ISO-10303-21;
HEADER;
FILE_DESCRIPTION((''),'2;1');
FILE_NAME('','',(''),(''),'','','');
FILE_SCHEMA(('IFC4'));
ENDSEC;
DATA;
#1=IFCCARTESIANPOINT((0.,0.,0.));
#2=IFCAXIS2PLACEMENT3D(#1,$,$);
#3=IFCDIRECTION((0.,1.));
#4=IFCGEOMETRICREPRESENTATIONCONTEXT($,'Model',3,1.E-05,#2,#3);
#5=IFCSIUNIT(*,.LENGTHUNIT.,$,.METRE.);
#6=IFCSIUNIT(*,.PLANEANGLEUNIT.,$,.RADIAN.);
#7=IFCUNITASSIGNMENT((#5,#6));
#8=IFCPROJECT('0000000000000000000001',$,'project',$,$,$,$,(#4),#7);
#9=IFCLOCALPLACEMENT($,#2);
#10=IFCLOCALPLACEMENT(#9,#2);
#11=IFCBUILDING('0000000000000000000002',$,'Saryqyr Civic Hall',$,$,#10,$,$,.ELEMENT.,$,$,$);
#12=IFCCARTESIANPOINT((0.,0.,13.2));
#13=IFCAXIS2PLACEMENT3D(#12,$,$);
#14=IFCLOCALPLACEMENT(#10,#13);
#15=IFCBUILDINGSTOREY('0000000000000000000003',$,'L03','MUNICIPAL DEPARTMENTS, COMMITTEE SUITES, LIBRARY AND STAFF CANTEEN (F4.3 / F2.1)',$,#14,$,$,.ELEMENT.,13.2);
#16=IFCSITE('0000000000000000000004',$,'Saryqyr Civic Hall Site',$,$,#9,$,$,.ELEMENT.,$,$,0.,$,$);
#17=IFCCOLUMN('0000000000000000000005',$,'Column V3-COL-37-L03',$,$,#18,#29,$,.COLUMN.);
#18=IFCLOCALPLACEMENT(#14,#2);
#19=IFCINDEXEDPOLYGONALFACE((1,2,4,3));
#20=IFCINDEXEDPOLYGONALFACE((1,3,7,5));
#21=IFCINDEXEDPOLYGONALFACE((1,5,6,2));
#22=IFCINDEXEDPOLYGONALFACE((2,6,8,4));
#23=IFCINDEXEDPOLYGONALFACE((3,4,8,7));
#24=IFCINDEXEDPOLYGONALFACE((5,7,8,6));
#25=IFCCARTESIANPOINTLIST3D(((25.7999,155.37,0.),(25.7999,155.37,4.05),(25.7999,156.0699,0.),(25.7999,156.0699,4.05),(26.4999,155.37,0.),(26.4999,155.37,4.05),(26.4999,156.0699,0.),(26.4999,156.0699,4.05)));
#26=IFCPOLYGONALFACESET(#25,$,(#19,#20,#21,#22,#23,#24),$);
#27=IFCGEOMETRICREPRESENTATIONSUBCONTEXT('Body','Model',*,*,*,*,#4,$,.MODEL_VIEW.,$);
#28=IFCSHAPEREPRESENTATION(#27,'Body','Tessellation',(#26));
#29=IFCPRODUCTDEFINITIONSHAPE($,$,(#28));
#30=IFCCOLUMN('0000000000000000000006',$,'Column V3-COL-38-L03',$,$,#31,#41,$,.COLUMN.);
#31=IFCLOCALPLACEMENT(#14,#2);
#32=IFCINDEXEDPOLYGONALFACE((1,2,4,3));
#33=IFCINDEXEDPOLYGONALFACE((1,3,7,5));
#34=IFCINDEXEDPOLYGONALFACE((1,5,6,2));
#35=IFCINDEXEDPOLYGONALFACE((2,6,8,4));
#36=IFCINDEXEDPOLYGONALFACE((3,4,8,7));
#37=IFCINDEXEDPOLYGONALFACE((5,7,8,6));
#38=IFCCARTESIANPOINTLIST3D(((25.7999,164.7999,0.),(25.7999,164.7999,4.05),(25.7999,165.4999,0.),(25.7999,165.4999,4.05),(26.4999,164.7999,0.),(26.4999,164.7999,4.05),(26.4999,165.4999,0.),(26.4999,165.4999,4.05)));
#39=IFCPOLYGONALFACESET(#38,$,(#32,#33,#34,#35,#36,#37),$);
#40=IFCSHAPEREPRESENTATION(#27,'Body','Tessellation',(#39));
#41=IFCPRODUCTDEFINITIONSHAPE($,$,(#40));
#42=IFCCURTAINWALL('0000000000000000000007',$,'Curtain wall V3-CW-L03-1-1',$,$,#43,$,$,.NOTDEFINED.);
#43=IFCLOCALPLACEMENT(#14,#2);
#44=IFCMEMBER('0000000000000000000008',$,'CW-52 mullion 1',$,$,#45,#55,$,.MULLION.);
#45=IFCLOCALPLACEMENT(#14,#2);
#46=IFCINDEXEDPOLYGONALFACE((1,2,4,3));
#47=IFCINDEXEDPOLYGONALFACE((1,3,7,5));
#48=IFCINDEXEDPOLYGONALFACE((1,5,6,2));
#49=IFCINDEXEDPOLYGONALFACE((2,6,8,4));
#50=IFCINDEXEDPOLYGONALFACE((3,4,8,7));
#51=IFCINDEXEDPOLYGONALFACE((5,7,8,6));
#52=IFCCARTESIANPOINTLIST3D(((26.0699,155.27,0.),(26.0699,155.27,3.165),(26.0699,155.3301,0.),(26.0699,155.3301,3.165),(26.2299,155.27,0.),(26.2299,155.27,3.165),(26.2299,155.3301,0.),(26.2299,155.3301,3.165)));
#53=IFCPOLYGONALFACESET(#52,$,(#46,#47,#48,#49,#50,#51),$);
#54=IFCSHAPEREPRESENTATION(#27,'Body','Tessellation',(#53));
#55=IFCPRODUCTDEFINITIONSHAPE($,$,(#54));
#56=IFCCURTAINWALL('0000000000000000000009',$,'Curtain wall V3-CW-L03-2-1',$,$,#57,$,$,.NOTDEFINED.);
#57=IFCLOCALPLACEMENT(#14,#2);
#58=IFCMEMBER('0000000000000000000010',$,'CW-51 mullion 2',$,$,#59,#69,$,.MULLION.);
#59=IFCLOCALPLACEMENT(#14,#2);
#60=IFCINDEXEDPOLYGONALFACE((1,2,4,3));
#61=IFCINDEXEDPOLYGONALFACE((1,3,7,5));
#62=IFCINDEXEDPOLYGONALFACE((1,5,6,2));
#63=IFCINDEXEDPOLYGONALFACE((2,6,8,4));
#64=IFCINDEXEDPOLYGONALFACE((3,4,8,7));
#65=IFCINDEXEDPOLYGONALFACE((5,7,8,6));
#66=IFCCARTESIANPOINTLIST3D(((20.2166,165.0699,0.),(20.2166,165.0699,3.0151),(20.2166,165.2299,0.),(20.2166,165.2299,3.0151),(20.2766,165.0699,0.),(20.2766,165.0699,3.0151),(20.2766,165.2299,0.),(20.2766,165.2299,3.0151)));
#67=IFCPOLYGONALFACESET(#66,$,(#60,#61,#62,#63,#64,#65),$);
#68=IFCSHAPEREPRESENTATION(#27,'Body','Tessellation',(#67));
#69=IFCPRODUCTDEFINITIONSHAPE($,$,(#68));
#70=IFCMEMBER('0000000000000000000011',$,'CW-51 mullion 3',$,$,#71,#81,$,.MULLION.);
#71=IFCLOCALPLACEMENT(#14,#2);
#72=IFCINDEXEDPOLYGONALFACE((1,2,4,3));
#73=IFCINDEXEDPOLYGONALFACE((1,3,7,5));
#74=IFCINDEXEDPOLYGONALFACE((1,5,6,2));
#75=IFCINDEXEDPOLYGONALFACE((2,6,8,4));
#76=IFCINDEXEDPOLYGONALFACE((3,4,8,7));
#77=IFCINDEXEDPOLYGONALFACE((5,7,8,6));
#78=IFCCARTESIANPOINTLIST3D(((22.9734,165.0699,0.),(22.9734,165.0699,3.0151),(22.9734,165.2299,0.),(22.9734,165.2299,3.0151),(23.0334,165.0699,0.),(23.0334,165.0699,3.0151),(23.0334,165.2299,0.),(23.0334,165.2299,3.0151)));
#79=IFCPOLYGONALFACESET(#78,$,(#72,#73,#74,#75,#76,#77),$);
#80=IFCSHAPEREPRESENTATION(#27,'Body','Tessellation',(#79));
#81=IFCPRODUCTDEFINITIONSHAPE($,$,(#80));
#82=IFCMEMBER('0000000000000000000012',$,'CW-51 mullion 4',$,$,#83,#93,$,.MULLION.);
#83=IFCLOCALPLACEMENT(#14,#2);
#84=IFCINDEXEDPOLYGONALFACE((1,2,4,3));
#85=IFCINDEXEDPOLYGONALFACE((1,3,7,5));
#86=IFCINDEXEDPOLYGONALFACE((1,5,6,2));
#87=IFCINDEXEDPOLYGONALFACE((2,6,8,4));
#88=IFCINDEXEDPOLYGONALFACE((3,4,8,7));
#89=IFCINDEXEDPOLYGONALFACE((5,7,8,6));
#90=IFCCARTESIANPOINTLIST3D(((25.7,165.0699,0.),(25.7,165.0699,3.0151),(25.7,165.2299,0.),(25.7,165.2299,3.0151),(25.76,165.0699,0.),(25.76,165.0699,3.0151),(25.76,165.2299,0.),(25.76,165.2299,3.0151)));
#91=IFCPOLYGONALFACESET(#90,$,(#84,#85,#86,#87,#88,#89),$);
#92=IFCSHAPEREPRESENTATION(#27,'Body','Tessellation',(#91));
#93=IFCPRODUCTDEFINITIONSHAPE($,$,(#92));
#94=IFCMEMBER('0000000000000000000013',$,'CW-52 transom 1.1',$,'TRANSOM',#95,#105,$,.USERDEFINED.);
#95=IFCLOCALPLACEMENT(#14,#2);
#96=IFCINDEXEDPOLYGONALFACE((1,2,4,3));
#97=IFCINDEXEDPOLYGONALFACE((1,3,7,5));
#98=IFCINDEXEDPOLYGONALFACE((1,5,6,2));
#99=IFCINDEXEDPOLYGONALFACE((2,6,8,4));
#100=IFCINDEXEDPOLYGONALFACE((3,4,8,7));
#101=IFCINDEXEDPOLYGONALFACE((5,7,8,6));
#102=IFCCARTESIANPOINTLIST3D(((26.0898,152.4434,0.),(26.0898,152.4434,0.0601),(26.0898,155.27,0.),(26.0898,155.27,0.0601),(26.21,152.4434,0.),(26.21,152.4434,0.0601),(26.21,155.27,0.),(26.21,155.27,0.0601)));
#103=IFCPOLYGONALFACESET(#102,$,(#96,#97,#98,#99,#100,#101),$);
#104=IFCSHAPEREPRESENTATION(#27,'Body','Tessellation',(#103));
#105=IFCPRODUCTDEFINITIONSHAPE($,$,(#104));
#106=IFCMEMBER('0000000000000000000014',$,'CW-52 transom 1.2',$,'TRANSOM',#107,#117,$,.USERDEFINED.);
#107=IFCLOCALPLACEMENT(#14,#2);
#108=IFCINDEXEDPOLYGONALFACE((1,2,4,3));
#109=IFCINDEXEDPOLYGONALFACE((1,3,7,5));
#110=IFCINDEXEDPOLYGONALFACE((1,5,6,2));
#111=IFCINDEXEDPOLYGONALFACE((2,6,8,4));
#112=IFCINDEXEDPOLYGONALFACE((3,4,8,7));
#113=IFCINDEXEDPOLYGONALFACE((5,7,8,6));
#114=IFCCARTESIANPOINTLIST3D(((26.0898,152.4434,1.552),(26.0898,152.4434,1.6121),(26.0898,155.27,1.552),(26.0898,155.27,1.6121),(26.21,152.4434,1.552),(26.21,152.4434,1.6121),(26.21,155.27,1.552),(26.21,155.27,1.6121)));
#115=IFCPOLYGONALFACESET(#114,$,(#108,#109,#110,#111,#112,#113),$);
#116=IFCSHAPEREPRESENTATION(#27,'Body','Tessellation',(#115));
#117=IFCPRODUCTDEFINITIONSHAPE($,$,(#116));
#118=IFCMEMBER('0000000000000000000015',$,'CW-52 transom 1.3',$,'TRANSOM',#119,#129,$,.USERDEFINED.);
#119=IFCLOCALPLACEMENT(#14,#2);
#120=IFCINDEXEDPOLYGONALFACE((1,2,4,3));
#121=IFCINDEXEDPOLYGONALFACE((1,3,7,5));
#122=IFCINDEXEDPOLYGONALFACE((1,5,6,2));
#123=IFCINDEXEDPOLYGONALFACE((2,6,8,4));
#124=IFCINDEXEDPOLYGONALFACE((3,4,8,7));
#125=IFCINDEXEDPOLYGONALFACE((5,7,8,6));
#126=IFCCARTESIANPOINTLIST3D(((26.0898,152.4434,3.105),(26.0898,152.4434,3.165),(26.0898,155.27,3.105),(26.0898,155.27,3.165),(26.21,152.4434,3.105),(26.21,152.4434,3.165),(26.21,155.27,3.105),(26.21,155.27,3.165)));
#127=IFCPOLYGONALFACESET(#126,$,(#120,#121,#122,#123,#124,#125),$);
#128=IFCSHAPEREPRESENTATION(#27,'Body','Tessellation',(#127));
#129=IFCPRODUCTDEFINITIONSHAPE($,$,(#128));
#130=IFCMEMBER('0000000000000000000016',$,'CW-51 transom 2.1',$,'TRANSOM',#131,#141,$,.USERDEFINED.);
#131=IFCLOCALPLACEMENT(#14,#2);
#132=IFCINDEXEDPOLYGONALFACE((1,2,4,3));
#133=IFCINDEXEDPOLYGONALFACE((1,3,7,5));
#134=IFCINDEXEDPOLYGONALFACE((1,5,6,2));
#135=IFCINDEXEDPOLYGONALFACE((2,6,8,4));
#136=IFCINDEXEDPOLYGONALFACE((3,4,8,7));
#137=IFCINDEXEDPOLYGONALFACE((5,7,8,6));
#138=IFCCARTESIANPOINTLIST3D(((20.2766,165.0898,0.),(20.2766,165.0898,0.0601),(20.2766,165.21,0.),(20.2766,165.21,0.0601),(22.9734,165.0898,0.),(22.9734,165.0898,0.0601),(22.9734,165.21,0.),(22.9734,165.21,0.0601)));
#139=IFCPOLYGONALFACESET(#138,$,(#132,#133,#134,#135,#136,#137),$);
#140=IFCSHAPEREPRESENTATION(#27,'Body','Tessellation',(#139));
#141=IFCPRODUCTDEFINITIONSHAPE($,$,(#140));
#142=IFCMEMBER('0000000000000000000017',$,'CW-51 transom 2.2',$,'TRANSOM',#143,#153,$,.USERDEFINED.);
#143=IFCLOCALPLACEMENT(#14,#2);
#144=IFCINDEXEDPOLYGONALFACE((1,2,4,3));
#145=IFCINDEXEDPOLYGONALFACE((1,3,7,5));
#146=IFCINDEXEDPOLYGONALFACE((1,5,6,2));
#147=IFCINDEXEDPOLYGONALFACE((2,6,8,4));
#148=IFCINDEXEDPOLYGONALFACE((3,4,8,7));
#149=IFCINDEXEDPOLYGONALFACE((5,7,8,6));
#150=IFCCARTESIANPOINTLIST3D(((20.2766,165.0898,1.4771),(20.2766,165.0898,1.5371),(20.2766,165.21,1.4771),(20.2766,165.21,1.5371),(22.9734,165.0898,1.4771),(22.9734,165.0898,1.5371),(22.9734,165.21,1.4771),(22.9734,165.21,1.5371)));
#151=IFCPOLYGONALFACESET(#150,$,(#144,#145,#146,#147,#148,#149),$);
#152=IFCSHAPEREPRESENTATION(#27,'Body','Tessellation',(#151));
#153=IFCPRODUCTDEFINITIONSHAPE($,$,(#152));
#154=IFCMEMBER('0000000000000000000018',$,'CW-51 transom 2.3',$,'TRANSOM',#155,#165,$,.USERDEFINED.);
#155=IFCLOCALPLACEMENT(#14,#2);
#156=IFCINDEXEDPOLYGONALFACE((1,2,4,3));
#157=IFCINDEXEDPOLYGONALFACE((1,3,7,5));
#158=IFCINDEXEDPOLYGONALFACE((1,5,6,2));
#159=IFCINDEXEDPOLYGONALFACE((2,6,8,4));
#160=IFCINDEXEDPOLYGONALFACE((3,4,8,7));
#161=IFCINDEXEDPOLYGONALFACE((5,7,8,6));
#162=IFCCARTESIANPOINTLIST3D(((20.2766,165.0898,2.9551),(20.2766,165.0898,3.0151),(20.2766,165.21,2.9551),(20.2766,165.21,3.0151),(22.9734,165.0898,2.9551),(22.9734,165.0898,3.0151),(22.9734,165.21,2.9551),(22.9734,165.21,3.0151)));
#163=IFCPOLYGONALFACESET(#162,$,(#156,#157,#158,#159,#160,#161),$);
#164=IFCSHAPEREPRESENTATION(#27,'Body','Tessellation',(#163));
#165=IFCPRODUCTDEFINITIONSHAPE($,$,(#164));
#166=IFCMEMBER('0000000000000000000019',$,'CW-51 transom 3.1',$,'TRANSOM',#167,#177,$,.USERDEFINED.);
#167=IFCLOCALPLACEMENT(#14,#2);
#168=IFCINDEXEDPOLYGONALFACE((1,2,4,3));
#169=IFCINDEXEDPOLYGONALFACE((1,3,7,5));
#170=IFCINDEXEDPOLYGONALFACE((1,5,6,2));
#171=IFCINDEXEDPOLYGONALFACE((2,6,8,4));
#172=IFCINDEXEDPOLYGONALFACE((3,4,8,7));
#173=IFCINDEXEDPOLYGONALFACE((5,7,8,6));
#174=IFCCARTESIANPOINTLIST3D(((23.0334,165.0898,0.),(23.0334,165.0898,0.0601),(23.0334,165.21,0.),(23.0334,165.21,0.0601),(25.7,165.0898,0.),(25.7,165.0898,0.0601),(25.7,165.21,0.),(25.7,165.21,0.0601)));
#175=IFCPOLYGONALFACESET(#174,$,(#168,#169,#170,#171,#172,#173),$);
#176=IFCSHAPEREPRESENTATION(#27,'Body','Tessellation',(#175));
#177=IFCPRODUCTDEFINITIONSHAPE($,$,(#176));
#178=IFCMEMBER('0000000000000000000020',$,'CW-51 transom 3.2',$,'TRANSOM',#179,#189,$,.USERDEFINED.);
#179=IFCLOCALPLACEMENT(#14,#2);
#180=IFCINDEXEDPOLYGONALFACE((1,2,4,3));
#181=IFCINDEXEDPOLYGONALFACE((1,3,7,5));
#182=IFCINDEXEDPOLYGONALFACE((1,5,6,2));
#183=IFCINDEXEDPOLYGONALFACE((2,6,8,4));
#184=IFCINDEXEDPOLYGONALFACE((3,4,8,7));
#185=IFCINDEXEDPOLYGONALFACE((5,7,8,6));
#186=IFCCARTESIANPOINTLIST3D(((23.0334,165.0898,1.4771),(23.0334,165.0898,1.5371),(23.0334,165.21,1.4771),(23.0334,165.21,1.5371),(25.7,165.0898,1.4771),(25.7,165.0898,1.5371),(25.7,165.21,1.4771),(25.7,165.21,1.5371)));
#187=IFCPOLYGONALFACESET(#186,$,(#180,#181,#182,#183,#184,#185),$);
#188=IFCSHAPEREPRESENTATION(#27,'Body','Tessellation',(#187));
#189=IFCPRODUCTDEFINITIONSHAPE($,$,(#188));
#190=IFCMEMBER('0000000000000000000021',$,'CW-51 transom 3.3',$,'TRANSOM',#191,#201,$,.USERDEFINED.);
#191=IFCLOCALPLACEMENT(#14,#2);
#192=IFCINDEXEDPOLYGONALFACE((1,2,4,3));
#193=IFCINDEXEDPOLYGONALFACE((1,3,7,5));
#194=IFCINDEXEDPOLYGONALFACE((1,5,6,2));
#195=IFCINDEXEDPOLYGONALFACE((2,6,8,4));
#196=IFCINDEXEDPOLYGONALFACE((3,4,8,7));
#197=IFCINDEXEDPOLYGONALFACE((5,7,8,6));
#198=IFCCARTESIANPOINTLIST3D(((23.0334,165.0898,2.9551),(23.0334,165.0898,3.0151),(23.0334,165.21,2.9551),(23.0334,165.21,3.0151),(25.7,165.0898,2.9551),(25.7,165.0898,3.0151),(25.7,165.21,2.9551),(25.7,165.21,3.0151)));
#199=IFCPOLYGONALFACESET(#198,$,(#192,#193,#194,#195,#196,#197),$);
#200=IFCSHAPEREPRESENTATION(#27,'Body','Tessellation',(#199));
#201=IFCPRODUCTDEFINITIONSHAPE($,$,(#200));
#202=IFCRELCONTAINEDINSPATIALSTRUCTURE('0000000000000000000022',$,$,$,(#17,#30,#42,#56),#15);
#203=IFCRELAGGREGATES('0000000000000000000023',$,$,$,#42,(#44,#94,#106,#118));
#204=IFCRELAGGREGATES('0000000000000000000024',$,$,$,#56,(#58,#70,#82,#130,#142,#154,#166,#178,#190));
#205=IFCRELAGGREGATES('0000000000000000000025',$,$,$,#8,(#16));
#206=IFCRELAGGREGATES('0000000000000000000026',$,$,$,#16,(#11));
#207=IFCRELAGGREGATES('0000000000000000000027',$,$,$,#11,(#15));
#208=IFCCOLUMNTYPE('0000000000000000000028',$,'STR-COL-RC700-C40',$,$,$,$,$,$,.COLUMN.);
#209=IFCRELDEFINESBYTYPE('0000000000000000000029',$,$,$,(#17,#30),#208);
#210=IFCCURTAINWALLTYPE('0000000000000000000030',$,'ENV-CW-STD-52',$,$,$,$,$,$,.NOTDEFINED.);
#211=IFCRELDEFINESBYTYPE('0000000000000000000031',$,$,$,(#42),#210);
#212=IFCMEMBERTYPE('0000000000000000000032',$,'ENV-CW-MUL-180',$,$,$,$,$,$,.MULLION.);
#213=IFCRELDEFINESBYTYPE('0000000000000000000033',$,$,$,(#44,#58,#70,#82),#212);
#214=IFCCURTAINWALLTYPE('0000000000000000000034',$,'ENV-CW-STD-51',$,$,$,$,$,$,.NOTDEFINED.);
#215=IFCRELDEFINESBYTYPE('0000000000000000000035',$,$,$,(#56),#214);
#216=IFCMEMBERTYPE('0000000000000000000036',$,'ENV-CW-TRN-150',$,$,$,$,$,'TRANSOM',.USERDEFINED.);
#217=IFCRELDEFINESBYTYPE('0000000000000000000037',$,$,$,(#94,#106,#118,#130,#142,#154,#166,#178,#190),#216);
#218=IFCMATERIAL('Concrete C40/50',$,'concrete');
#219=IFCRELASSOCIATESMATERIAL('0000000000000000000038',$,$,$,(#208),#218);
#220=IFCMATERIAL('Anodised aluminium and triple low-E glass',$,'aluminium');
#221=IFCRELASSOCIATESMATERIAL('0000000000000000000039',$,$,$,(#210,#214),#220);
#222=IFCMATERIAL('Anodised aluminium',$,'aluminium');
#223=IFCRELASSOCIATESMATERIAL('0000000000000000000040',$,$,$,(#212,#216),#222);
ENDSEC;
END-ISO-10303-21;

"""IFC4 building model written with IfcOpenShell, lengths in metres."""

from ifc_helpers import new_model, si_unit, direction, frame, origin, origin_2d, place, context, subcontext, project, spatial, rectangle, extrude, material, material_profile, profile_set, type_object, element, aggregate, save


model = new_model("IFC4")

# Units and contexts
model_context = context("Model", 3, precision=1e-05, world=origin(), true_north=direction((0.0, 1.0)))
body_context = subcontext(model_context, "Body", "Model", "MODEL_VIEW")
ifc_project = project(units=[si_unit("LENGTHUNIT", "METRE"), si_unit("PLANEANGLEUNIT", "RADIAN")], contexts=[model_context])

# Site, building, storey
site_placement = place(None, origin())
site = spatial("IfcSite", under=ifc_project, at=site_placement, Name="Saryqyr Civic Hall Site", CompositionType="ELEMENT", RefElevation=0.0)
building_placement = place(site_placement, origin())
building = spatial("IfcBuilding", under=site, at=building_placement, Name="Saryqyr Civic Hall", CompositionType="ELEMENT")
storey_placement = place(building_placement, frame((0.0, 0.0, 13.2)))
storey = spatial("IfcBuildingStorey", under=building, at=storey_placement, Name="L03", Description="MUNICIPAL DEPARTMENTS, COMMITTEE SUITES, LIBRARY AND STAFF CANTEEN (F4.3 / F2.1)", CompositionType="ELEMENT", Elevation=13.2)

# Columns
ifc_material_1 = material(Name="Concrete C40/50", Category="concrete")
ifc_material_profile_1 = material_profile(ifc_material_1, rectangle(XDim=0.7, YDim=0.7, at=origin_2d()), Name="RC 700x700")
ifc_profile_set_1 = profile_set([ifc_material_profile_1], Name="Concrete C40/50")
column_type = type_object("IfcColumnType", Name="STR-COL-RC700-C40", PredefinedType="COLUMN", material=ifc_profile_set_1)
for number, where, z_axis, x_axis, name in (
    (1, (26.1499, 155.72, 0.0), (0.0, 0.0, 1.0), (1.0, 0.0, 0.0), "Column V3-COL-37-L03"),
    (2, (26.1499, 165.1499, 0.0), (0.0, 0.0, 1.0), (1.0, 0.0, 0.0), "Column V3-COL-38-L03"),
):
    element("IfcColumn", number, at=place(storey_placement, frame(where, z_axis=z_axis, x_axis=x_axis)), inside=storey, type_object=column_type, Name=name, PredefinedType="COLUMN", context=body_context, shape_type="SweptSolid", body=[
        extrude(rectangle(XDim=0.7, YDim=0.7, at=origin_2d()), origin(), (0.0, 0.0, 1.0), 4.05),
    ])

# Curtain wall, member
ifc_material_2 = material(Name="Anodised aluminium and triple low-E glass", Category="aluminium")
curtain_wall_type_1 = type_object("IfcCurtainWallType", Name="ENV-CW-STD-52", PredefinedType="NOTDEFINED", material=ifc_material_2)
curtain_wall_1_placement = place(storey_placement, origin())
curtain_wall_1 = element("IfcCurtainWall", 3, at=curtain_wall_1_placement, inside=storey, type_object=curtain_wall_type_1, Name="Curtain wall V3-CW-L03-1-1", PredefinedType="NOTDEFINED")
ifc_material_3 = material(Name="Anodised aluminium", Category="aluminium")
ifc_material_profile_2 = material_profile(ifc_material_3, rectangle(XDim=0.0601, YDim=0.1599, at=origin_2d()), Name="ALU MULLION 60x160")
ifc_profile_set_2 = profile_set([ifc_material_profile_2], Name="Anodised aluminium")
member_type_1 = type_object("IfcMemberType", Name="ENV-CW-MUL-180", PredefinedType="MULLION", material=ifc_profile_set_2)
member_1_placement = place(storey_placement, frame((26.1499, 155.3, 0.0), z_axis=(0.0, 0.0, 1.0), x_axis=(0.0, -1.0, 0.0)))
member_1 = element("IfcMember", 4, at=member_1_placement, type_object=member_type_1, Name="CW-52 mullion 1", PredefinedType="MULLION", context=body_context, shape_type="SweptSolid", body=[
    extrude(rectangle(XDim=0.0601, YDim=0.1599, at=origin_2d()), origin(), (0.0, 0.0, 1.0), 3.165),
])

# Curtain wall, members
curtain_wall_type_2 = type_object("IfcCurtainWallType", Name="ENV-CW-STD-51", PredefinedType="NOTDEFINED", material=ifc_material_2)
curtain_wall_2_placement = place(storey_placement, origin())
curtain_wall_2 = element("IfcCurtainWall", 5, at=curtain_wall_2_placement, inside=storey, type_object=curtain_wall_type_2, Name="Curtain wall V3-CW-L03-2-1", PredefinedType="NOTDEFINED")
member_2_placement = place(storey_placement, frame((20.2466, 165.1499, 0.0), z_axis=(0.0, 0.0, 1.0), x_axis=(1.0, 0.0, 0.0)))
member_2 = element("IfcMember", 6, at=member_2_placement, type_object=member_type_1, Name="CW-51 mullion 2", PredefinedType="MULLION", context=body_context, shape_type="SweptSolid", body=[
    extrude(rectangle(XDim=0.0601, YDim=0.1599, at=origin_2d()), origin(), (0.0, 0.0, 1.0), 3.0151),
])
member_3_placement = place(storey_placement, frame((23.0034, 165.1499, 0.0), z_axis=(0.0, 0.0, 1.0), x_axis=(1.0, 0.0, 0.0)))
member_3 = element("IfcMember", 7, at=member_3_placement, type_object=member_type_1, Name="CW-51 mullion 3", PredefinedType="MULLION", context=body_context, shape_type="SweptSolid", body=[
    extrude(rectangle(XDim=0.0601, YDim=0.1599, at=origin_2d()), origin(), (0.0, 0.0, 1.0), 3.0151),
])
member_4_placement = place(storey_placement, frame((25.73, 165.1499, 0.0), z_axis=(0.0, 0.0, 1.0), x_axis=(1.0, 0.0, 0.0)))
member_4 = element("IfcMember", 8, at=member_4_placement, type_object=member_type_1, Name="CW-51 mullion 4", PredefinedType="MULLION", context=body_context, shape_type="SweptSolid", body=[
    extrude(rectangle(XDim=0.0601, YDim=0.1599, at=origin_2d()), origin(), (0.0, 0.0, 1.0), 3.0151),
])

# Members
ifc_material_profile_3 = material_profile(ifc_material_3, rectangle(XDim=0.1201, YDim=0.0601, at=origin_2d()), Name="ALU TRANSOM 120x60")
ifc_profile_set_3 = profile_set([ifc_material_profile_3], Name="Anodised aluminium")
member_type_2 = type_object("IfcMemberType", Name="ENV-CW-TRN-150", ElementType="TRANSOM", PredefinedType="USERDEFINED", material=ifc_profile_set_3)
member_5_placement = place(storey_placement, frame((26.1499, 155.27, 0.03), z_axis=(0.0, -1.0, 0.0), x_axis=(1.0, 0.0, 0.0)))
member_5 = element("IfcMember", 9, at=member_5_placement, type_object=member_type_2, Name="CW-52 transom 1.1", ObjectType="TRANSOM", PredefinedType="USERDEFINED", context=body_context, shape_type="SweptSolid", body=[
    extrude(rectangle(XDim=0.1201, YDim=0.0601, at=origin_2d()), origin(), (0.0, 0.0, 1.0), 2.8267),
])
member_6_placement = place(storey_placement, frame((26.1499, 155.27, 1.582), z_axis=(0.0, -1.0, 0.0), x_axis=(1.0, 0.0, 0.0)))
member_6 = element("IfcMember", 10, at=member_6_placement, type_object=member_type_2, Name="CW-52 transom 1.2", ObjectType="TRANSOM", PredefinedType="USERDEFINED", context=body_context, shape_type="SweptSolid", body=[
    extrude(rectangle(XDim=0.1201, YDim=0.0601, at=origin_2d()), origin(), (0.0, 0.0, 1.0), 2.8267),
])
member_7_placement = place(storey_placement, frame((26.1499, 155.27, 3.135), z_axis=(0.0, -1.0, 0.0), x_axis=(1.0, 0.0, 0.0)))
member_7 = element("IfcMember", 11, at=member_7_placement, type_object=member_type_2, Name="CW-52 transom 1.3", ObjectType="TRANSOM", PredefinedType="USERDEFINED", context=body_context, shape_type="SweptSolid", body=[
    extrude(rectangle(XDim=0.1201, YDim=0.0601, at=origin_2d()), origin(), (0.0, 0.0, 1.0), 2.8267),
])
member_8_placement = place(storey_placement, frame((20.2766, 165.1499, 0.03), z_axis=(1.0, 0.0, 0.0), x_axis=(0.0, 1.0, 0.0)))
member_8 = element("IfcMember", 12, at=member_8_placement, type_object=member_type_2, Name="CW-51 transom 2.1", ObjectType="TRANSOM", PredefinedType="USERDEFINED", context=body_context, shape_type="SweptSolid", body=[
    extrude(rectangle(XDim=0.1201, YDim=0.0601, at=origin_2d()), origin(), (0.0, 0.0, 1.0), 2.6968),
])
member_9_placement = place(storey_placement, frame((20.2766, 165.1499, 1.5071), z_axis=(1.0, 0.0, 0.0), x_axis=(0.0, 1.0, 0.0)))
member_9 = element("IfcMember", 13, at=member_9_placement, type_object=member_type_2, Name="CW-51 transom 2.2", ObjectType="TRANSOM", PredefinedType="USERDEFINED", context=body_context, shape_type="SweptSolid", body=[
    extrude(rectangle(XDim=0.1201, YDim=0.0601, at=origin_2d()), origin(), (0.0, 0.0, 1.0), 2.6968),
])
member_10_placement = place(storey_placement, frame((20.2766, 165.1499, 2.9851), z_axis=(1.0, 0.0, 0.0), x_axis=(0.0, 1.0, 0.0)))
member_10 = element("IfcMember", 14, at=member_10_placement, type_object=member_type_2, Name="CW-51 transom 2.3", ObjectType="TRANSOM", PredefinedType="USERDEFINED", context=body_context, shape_type="SweptSolid", body=[
    extrude(rectangle(XDim=0.1201, YDim=0.0601, at=origin_2d()), origin(), (0.0, 0.0, 1.0), 2.6968),
])
member_11_placement = place(storey_placement, frame((23.0334, 165.1499, 0.03), z_axis=(1.0, 0.0, 0.0), x_axis=(0.0, 1.0, 0.0)))
member_11 = element("IfcMember", 15, at=member_11_placement, type_object=member_type_2, Name="CW-51 transom 3.1", ObjectType="TRANSOM", PredefinedType="USERDEFINED", context=body_context, shape_type="SweptSolid", body=[
    extrude(rectangle(XDim=0.1201, YDim=0.0601, at=origin_2d()), origin(), (0.0, 0.0, 1.0), 2.6665),
])
member_12_placement = place(storey_placement, frame((23.0334, 165.1499, 1.5071), z_axis=(1.0, 0.0, 0.0), x_axis=(0.0, 1.0, 0.0)))
member_12 = element("IfcMember", 16, at=member_12_placement, type_object=member_type_2, Name="CW-51 transom 3.2", ObjectType="TRANSOM", PredefinedType="USERDEFINED", context=body_context, shape_type="SweptSolid", body=[
    extrude(rectangle(XDim=0.1201, YDim=0.0601, at=origin_2d()), origin(), (0.0, 0.0, 1.0), 2.6665),
])
member_13_placement = place(storey_placement, frame((23.0334, 165.1499, 2.9851), z_axis=(1.0, 0.0, 0.0), x_axis=(0.0, 1.0, 0.0)))
member_13 = element("IfcMember", 17, at=member_13_placement, type_object=member_type_2, Name="CW-51 transom 3.3", ObjectType="TRANSOM", PredefinedType="USERDEFINED", context=body_context, shape_type="SweptSolid", body=[
    extrude(rectangle(XDim=0.1201, YDim=0.0601, at=origin_2d()), origin(), (0.0, 0.0, 1.0), 2.6665),
])

aggregate(curtain_wall_1, [member_1, member_5, member_6, member_7])
aggregate(curtain_wall_2, [member_2, member_3, member_4, member_8, member_9, member_10, member_11, member_12, member_13])

save(model, "model.ifc")
